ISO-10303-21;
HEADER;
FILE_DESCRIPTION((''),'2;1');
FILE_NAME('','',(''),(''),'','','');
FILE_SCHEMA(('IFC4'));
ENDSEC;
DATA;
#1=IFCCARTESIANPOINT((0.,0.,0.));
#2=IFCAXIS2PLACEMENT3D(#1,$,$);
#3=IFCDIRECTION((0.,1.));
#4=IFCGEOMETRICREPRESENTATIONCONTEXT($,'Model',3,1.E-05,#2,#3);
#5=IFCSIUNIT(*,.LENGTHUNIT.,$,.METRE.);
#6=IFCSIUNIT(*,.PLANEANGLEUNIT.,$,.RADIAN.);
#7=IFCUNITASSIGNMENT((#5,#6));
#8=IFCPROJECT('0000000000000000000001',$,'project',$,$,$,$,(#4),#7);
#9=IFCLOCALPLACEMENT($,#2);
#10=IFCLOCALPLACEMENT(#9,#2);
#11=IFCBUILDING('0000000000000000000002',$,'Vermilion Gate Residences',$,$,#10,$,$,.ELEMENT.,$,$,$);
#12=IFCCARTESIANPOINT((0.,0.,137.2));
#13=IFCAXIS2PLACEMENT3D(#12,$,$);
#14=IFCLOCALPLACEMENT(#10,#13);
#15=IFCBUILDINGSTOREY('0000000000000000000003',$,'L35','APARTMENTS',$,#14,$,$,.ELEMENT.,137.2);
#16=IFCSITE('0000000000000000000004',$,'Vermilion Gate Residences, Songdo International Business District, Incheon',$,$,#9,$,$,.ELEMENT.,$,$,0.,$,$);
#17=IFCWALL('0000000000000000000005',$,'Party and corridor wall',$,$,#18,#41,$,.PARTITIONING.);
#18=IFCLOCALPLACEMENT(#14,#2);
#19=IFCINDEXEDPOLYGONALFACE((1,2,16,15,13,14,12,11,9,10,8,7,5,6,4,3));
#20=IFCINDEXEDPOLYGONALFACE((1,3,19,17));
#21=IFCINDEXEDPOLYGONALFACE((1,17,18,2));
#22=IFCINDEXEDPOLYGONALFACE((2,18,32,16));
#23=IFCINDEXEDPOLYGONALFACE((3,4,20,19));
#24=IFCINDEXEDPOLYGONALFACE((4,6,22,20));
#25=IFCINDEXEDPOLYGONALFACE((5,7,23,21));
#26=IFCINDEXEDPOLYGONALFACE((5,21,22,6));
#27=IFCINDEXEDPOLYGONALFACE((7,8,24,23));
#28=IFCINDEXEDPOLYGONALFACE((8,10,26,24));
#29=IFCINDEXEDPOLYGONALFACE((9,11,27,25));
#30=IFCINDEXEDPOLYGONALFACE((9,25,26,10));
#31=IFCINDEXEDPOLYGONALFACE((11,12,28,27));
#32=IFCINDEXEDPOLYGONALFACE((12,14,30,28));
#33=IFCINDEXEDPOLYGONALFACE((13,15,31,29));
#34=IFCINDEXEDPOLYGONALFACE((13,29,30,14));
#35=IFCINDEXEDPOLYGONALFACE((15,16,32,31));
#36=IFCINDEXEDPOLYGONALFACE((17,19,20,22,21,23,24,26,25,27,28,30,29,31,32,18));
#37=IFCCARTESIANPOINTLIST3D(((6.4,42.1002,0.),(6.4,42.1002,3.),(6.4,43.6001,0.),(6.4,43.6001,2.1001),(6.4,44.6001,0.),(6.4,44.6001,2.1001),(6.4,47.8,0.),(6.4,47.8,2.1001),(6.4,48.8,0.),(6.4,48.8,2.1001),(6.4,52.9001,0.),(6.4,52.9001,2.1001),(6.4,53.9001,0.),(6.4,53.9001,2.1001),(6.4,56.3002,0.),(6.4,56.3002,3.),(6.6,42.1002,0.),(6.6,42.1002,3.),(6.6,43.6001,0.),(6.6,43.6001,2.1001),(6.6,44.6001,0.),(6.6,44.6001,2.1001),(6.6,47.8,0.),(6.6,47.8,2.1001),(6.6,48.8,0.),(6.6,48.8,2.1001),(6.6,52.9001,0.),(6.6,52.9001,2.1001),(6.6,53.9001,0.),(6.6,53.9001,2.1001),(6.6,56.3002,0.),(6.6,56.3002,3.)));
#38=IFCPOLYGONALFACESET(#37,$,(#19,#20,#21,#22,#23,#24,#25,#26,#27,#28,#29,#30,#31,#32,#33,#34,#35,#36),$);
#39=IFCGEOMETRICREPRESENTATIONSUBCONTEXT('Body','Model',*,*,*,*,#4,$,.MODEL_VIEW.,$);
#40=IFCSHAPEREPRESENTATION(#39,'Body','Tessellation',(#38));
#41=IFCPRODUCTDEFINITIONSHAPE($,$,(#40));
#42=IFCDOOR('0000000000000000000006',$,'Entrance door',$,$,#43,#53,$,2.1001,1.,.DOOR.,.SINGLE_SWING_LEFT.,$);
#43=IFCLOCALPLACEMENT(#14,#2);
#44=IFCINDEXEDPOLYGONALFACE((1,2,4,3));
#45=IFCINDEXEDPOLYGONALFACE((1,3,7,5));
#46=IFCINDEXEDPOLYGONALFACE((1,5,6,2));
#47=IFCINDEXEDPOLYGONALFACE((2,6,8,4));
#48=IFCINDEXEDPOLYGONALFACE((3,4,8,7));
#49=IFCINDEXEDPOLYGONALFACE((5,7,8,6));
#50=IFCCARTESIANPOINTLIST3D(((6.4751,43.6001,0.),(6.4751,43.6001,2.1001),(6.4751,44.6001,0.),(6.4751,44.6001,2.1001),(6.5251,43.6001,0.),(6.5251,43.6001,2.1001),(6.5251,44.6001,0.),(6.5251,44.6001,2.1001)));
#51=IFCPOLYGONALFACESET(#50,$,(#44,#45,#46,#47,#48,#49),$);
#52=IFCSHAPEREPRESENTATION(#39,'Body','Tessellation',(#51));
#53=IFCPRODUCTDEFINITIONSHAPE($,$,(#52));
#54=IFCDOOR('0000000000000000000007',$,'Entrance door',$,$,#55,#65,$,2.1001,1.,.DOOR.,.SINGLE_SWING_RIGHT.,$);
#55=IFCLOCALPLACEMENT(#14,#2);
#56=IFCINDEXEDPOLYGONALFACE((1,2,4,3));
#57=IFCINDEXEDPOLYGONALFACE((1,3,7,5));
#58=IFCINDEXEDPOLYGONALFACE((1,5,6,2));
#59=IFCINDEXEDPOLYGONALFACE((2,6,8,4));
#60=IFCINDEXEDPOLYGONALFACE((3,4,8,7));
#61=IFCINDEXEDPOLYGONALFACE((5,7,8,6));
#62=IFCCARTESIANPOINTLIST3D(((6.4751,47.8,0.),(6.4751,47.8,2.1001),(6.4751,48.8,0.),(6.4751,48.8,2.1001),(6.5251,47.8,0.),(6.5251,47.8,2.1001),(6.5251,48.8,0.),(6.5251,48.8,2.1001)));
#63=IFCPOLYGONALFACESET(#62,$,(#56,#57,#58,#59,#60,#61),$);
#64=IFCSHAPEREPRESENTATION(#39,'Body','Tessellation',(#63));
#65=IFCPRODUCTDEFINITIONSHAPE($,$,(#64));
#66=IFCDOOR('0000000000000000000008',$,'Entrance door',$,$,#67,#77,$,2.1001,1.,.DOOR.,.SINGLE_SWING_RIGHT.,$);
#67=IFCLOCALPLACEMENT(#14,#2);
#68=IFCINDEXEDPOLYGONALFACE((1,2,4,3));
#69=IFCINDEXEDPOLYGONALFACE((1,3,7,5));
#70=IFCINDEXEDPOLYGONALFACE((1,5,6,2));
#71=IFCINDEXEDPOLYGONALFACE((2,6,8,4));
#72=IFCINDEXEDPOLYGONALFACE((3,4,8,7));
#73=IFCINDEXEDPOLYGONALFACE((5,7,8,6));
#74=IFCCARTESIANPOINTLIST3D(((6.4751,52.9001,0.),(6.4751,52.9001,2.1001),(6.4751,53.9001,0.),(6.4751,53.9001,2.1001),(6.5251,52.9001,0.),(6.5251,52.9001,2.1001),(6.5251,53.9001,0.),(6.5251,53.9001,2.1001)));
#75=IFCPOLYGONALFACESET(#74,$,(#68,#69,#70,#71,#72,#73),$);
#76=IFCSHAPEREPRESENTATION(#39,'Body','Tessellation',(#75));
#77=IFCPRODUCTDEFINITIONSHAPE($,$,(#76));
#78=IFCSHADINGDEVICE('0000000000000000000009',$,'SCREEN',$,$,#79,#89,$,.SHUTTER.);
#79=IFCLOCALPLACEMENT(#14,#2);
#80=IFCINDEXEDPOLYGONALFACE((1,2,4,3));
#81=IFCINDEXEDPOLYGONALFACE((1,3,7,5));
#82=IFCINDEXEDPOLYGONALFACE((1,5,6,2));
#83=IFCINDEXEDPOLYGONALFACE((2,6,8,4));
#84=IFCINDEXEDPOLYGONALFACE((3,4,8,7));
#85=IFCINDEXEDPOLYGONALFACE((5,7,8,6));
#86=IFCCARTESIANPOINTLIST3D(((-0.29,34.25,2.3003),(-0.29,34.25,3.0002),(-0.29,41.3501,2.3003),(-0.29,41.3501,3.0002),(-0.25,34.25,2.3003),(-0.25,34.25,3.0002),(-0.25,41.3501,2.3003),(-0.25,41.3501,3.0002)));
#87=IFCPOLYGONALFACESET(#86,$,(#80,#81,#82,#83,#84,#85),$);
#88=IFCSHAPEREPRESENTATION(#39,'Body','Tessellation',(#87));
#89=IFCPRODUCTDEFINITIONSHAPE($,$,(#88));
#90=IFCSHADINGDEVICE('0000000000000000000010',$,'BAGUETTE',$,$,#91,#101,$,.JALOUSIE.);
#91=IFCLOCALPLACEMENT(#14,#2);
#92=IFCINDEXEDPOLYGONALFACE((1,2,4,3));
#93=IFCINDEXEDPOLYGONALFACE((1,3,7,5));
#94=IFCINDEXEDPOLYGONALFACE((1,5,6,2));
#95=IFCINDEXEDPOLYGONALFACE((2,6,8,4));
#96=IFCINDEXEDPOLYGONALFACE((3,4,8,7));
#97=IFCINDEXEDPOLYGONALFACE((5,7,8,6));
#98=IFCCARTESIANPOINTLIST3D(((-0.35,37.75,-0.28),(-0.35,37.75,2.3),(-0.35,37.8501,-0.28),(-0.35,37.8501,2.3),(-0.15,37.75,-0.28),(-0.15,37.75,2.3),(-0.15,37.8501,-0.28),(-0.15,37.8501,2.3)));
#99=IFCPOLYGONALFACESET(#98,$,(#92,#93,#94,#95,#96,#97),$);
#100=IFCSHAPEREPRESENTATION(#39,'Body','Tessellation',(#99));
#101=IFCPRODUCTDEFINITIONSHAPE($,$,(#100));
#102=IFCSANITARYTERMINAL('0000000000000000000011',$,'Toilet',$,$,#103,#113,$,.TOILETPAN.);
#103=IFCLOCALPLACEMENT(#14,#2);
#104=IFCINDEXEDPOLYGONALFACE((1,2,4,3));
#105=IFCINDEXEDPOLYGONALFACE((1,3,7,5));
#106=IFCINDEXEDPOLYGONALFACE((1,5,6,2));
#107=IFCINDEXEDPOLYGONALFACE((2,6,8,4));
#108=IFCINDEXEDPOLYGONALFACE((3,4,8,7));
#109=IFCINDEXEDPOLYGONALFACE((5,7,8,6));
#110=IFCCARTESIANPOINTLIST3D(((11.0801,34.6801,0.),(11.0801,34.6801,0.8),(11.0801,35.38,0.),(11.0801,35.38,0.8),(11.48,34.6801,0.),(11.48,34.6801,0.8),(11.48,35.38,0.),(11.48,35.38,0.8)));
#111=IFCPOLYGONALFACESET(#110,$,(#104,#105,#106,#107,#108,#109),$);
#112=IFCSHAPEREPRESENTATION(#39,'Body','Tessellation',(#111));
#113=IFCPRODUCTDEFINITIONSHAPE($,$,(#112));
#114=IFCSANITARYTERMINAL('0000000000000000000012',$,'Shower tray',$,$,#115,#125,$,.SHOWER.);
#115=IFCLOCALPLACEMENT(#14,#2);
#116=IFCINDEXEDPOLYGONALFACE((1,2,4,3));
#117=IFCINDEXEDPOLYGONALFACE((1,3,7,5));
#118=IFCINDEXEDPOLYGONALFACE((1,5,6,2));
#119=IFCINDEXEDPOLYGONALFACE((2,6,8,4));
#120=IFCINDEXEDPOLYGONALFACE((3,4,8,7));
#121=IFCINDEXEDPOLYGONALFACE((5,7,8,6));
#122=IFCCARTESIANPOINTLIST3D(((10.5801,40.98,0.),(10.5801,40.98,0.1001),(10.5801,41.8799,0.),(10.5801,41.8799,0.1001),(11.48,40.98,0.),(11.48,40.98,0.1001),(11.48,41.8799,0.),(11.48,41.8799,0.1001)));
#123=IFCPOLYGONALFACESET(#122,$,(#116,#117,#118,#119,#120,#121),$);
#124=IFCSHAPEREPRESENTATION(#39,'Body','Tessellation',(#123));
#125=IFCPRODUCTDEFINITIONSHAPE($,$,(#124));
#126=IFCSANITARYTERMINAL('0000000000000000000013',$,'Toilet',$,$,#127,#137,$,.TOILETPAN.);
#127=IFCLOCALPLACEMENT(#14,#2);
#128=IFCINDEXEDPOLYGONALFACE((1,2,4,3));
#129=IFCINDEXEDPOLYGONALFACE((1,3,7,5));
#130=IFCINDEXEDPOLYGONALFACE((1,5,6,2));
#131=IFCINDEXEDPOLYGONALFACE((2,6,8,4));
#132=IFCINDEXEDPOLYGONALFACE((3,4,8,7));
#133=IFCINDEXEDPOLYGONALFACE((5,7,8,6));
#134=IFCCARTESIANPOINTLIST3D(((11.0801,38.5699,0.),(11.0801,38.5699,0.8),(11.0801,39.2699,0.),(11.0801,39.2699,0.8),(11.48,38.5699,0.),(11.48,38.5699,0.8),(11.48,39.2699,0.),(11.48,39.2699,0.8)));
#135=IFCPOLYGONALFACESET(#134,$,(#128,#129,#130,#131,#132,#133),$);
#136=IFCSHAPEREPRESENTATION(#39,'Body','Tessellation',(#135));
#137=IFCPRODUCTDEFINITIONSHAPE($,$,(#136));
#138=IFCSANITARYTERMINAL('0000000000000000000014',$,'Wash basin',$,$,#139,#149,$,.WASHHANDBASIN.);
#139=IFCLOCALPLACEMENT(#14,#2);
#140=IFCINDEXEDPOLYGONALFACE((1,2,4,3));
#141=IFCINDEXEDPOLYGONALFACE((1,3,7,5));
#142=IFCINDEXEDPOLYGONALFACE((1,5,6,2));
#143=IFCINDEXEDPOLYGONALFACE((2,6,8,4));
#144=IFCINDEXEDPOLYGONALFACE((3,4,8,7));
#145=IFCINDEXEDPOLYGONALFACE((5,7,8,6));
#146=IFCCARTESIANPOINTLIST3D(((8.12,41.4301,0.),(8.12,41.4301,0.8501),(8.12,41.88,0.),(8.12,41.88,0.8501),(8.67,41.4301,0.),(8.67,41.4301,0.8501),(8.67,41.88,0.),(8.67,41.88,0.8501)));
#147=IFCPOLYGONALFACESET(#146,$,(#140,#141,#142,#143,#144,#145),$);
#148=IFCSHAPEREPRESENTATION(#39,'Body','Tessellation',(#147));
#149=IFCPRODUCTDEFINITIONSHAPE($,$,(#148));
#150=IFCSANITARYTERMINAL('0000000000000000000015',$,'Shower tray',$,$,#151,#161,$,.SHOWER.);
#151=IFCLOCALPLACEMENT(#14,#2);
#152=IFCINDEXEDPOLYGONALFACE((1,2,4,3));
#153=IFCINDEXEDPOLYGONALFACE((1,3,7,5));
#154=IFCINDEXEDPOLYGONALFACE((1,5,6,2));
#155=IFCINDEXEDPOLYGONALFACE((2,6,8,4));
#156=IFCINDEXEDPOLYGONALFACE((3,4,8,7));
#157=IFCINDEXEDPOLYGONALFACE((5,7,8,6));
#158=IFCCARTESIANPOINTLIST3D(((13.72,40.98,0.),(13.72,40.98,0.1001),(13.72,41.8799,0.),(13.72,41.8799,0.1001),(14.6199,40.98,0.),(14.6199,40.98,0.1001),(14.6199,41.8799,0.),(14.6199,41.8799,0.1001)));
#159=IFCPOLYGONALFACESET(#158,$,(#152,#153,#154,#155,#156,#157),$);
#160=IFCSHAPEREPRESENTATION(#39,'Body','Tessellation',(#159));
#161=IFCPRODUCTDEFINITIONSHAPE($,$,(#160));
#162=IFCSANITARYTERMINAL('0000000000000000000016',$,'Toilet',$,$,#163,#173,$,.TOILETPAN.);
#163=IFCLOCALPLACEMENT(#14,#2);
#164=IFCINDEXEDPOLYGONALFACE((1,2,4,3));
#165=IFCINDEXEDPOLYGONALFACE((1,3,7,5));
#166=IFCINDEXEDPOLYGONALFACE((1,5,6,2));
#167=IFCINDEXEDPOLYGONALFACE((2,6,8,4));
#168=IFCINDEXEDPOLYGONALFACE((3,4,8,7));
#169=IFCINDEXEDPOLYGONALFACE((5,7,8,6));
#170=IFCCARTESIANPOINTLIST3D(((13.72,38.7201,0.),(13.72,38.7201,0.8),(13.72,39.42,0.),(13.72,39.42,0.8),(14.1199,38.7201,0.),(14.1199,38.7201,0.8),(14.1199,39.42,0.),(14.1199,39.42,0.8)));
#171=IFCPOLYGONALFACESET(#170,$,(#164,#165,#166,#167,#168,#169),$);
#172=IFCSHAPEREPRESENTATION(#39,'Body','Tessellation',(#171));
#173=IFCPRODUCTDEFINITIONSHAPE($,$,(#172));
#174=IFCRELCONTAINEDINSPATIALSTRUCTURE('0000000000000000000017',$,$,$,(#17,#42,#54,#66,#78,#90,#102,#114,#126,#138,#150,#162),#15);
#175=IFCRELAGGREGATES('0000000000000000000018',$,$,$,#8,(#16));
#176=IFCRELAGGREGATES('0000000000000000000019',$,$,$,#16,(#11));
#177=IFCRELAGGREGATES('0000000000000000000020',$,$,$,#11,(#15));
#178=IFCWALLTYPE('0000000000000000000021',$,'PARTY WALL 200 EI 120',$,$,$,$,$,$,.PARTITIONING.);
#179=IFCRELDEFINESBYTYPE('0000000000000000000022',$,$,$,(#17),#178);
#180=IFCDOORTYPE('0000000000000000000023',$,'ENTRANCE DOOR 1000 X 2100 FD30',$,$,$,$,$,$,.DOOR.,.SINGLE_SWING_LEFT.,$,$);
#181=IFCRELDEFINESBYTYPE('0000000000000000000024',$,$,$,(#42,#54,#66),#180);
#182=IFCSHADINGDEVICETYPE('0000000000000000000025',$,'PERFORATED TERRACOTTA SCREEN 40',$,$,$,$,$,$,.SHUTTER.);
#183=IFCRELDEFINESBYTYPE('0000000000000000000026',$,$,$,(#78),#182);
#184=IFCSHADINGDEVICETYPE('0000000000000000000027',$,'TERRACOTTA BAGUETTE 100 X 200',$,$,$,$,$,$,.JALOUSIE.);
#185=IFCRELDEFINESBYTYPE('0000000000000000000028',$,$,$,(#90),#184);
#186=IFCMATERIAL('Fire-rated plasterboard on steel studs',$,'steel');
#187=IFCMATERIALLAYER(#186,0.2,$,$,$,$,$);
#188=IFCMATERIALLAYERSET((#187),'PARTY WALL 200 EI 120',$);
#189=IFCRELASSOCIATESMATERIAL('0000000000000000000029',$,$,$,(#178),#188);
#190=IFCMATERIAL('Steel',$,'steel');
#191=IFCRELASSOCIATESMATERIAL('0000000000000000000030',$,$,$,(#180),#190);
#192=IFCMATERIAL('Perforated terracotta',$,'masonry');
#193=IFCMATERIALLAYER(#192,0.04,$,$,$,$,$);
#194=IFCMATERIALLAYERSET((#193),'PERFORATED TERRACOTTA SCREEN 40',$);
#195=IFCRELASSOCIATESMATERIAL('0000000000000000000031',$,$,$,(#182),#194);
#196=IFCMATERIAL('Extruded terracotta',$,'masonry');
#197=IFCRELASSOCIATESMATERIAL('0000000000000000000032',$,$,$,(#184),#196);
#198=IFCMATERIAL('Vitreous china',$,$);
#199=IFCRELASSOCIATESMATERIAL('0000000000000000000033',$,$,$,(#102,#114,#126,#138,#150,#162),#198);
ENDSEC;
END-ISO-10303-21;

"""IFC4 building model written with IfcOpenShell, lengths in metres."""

from ifc_helpers import new_model, si_unit, direction, frame, frame_2d, origin, origin_2d, place, context, subcontext, project, spatial, rectangle, extrude, material, layer, layer_set, material_profile, profile_set, type_object, element, fill, save


model = new_model("IFC4")

# Units and contexts
model_context = context("Model", 3, precision=1e-05, world=origin(), true_north=direction((0.0, 1.0)))
body_context = subcontext(model_context, "Body", "Model", "MODEL_VIEW")
ifc_project = project(units=[si_unit("LENGTHUNIT", "METRE"), si_unit("PLANEANGLEUNIT", "RADIAN")], contexts=[model_context])

# Site, building, storey
site_placement = place(None, origin())
site = spatial("IfcSite", under=ifc_project, at=site_placement, Name="Vermilion Gate Residences, Songdo International Business District, Incheon", CompositionType="ELEMENT", RefElevation=0.0)
building_placement = place(site_placement, origin())
building = spatial("IfcBuilding", under=site, at=building_placement, Name="Vermilion Gate Residences", CompositionType="ELEMENT")
storey_placement = place(building_placement, frame((0.0, 0.0, 137.2)))
storey = spatial("IfcBuildingStorey", under=building, at=storey_placement, Name="L35", Description="APARTMENTS", CompositionType="ELEMENT", Elevation=137.2)

# Shared definitions
ifc_material_1 = material(Name="Fire-rated plasterboard on steel studs", Category="steel")
ifc_layer_1 = layer(ifc_material_1, 0.2)
ifc_layer_set_1 = layer_set([ifc_layer_1], Name="PARTY WALL 200 EI 120")
wall_type_1 = type_object("IfcWallType", Name="PARTY WALL 200 EI 120", PredefinedType="PARTITIONING", material=ifc_layer_set_1)

# Wall, openings, doors
wall_1_placement = place(storey_placement, frame((6.5, 42.1001, 0.0), z_axis=(0.0, 0.0, 1.0), x_axis=(0.0, 1.0, 0.0)))
wall_1 = element("IfcWall", 1, at=wall_1_placement, inside=storey, type_object=wall_type_1, Name="Party and corridor wall", PredefinedType="PARTITIONING", context=body_context, shape_type="SweptSolid", body=[
    extrude(rectangle(XDim=14.2, YDim=0.2, at=frame_2d((7.1001, 0.0))), origin(), (0.0, 0.0, 1.0), 3.0),
])
opening_1_placement = place(wall_1_placement, frame((1.5, 0.0, 0.0)))
opening_1 = element("IfcOpeningElement", 2, at=opening_1_placement, cuts=wall_1, PredefinedType="OPENING", context=body_context, shape_type="SweptSolid", body=[
    extrude(rectangle(XDim=1.0, YDim=2.1001, at=frame_2d((0.5, 1.05))), frame((0.0, 0.1099, 0.0), z_axis=(0.0, -1.0, 0.0), x_axis=(1.0, 0.0, 0.0)), (0.0, 0.0, 1.0), 0.22),
])
opening_2_placement = place(wall_1_placement, frame((5.7, 0.0, 0.0)))
opening_2 = element("IfcOpeningElement", 3, at=opening_2_placement, cuts=wall_1, PredefinedType="OPENING", context=body_context, shape_type="SweptSolid", body=[
    extrude(rectangle(XDim=1.0, YDim=2.1001, at=frame_2d((0.5, 1.05))), frame((0.0, 0.1099, 0.0), z_axis=(0.0, -1.0, 0.0), x_axis=(1.0, 0.0, 0.0)), (0.0, 0.0, 1.0), 0.22),
])
opening_3_placement = place(wall_1_placement, frame((10.8, 0.0, 0.0)))
opening_3 = element("IfcOpeningElement", 4, at=opening_3_placement, cuts=wall_1, PredefinedType="OPENING", context=body_context, shape_type="SweptSolid", body=[
    extrude(rectangle(XDim=1.0, YDim=2.1001, at=frame_2d((0.5, 1.05))), frame((0.0, 0.1099, 0.0), z_axis=(0.0, -1.0, 0.0), x_axis=(1.0, 0.0, 0.0)), (0.0, 0.0, 1.0), 0.22),
])
ifc_material_2 = material(Name="Steel", Category="steel")
door_type = type_object("IfcDoorType", Name="ENTRANCE DOOR 1000 X 2100 FD30", OperationType="SINGLE_SWING_LEFT", PredefinedType="DOOR", material=ifc_material_2)
door_1_placement = place(opening_1_placement, origin())
door_1 = element("IfcDoor", 5, at=door_1_placement, inside=storey, type_object=door_type, Name="Entrance door", OperationType="SINGLE_SWING_LEFT", OverallHeight=2.1001, OverallWidth=1.0, PredefinedType="DOOR", context=body_context, shape_type="SweptSolid", body=[
    extrude(rectangle(XDim=1.0, YDim=2.1001, at=frame_2d((0.5, 1.05))), frame((0.0, 0.0249, 0.0), z_axis=(0.0, -1.0, 0.0), x_axis=(1.0, 0.0, 0.0)), (0.0, 0.0, 1.0), 0.05),
])
fill(opening_1, door_1)
door_2_placement = place(opening_2_placement, origin())
door_2 = element("IfcDoor", 6, at=door_2_placement, inside=storey, type_object=door_type, Name="Entrance door", OperationType="SINGLE_SWING_RIGHT", OverallHeight=2.1001, OverallWidth=1.0, PredefinedType="DOOR", context=body_context, shape_type="SweptSolid", body=[
    extrude(rectangle(XDim=1.0, YDim=2.1001, at=frame_2d((0.5, 1.05))), frame((0.0, 0.0249, 0.0), z_axis=(0.0, -1.0, 0.0), x_axis=(1.0, 0.0, 0.0)), (0.0, 0.0, 1.0), 0.05),
])
fill(opening_2, door_2)
door_3_placement = place(opening_3_placement, origin())
door_3 = element("IfcDoor", 7, at=door_3_placement, inside=storey, type_object=door_type, Name="Entrance door", OperationType="SINGLE_SWING_RIGHT", OverallHeight=2.1001, OverallWidth=1.0, PredefinedType="DOOR", context=body_context, shape_type="SweptSolid", body=[
    extrude(rectangle(XDim=1.0, YDim=2.1001, at=frame_2d((0.5, 1.05))), frame((0.0, 0.0249, 0.0), z_axis=(0.0, -1.0, 0.0), x_axis=(1.0, 0.0, 0.0)), (0.0, 0.0, 1.0), 0.05),
])
fill(opening_3, door_3)

# Shading devices
ifc_material_3 = material(Name="Perforated terracotta", Category="masonry")
ifc_layer_2 = layer(ifc_material_3, 0.04)
ifc_layer_set_2 = layer_set([ifc_layer_2], Name="PERFORATED TERRACOTTA SCREEN 40")
shading_device_type_1 = type_object("IfcShadingDeviceType", Name="PERFORATED TERRACOTTA SCREEN 40", PredefinedType="SHUTTER", material=ifc_layer_set_2)
shading_device_1_placement = place(storey_placement, frame((-0.27, 37.8, 2.3003), z_axis=(0.0, 0.0, 1.0), x_axis=(0.0, -1.0, 0.0)))
element("IfcShadingDevice", 8, at=shading_device_1_placement, inside=storey, type_object=shading_device_type_1, Name="SCREEN", PredefinedType="SHUTTER", context=body_context, shape_type="SweptSolid", body=[
    extrude(rectangle(XDim=7.1001, YDim=0.04, at=origin_2d()), origin(), (0.0, 0.0, 1.0), 0.7),
])
ifc_material_4 = material(Name="Extruded terracotta", Category="masonry")
ifc_material_profile_1 = material_profile(ifc_material_4, rectangle(XDim=0.2, YDim=0.1001, at=origin_2d()), Name="BAGUETTE 100 X 200")
ifc_profile_set_1 = profile_set([ifc_material_profile_1], Name="Extruded terracotta")
shading_device_type_2 = type_object("IfcShadingDeviceType", Name="TERRACOTTA BAGUETTE 100 X 200", PredefinedType="JALOUSIE", material=ifc_profile_set_1)
shading_device_2_placement = place(storey_placement, frame((-0.25, 37.8, -0.28), z_axis=(0.0, 0.0, 1.0), x_axis=(1.0, 0.0, 0.0)))
element("IfcShadingDevice", 9, at=shading_device_2_placement, inside=storey, type_object=shading_device_type_2, Name="BAGUETTE", PredefinedType="JALOUSIE", context=body_context, shape_type="SweptSolid", body=[
    extrude(rectangle(XDim=0.2, YDim=0.1001, at=origin_2d()), origin(), (0.0, 0.0, 1.0), 2.5801),
])

# Sanitary terminals
ifc_material_5 = material(Name="Vitreous china")
sanitary_terminal_1_placement = place(storey_placement, frame((11.28, 35.03, 0.0), z_axis=(0.0, 0.0, 1.0), x_axis=(1.0, 0.0, 0.0)))
element("IfcSanitaryTerminal", 10, at=sanitary_terminal_1_placement, inside=storey, material=ifc_material_5, Name="Toilet", PredefinedType="TOILETPAN", context=body_context, shape_type="SweptSolid", body=[
    extrude(rectangle(XDim=0.3999, YDim=0.7, at=origin_2d()), origin(), (0.0, 0.0, 1.0), 0.8),
])
sanitary_terminal_2_placement = place(storey_placement, frame((11.03, 41.4299, 0.0), z_axis=(0.0, 0.0, 1.0), x_axis=(1.0, 0.0, 0.0)))
element("IfcSanitaryTerminal", 11, at=sanitary_terminal_2_placement, inside=storey, material=ifc_material_5, Name="Shower tray", PredefinedType="SHOWER", context=body_context, shape_type="SweptSolid", body=[
    extrude(rectangle(XDim=0.8999, YDim=0.8999, at=origin_2d()), origin(), (0.0, 0.0, 1.0), 0.1001),
])
sanitary_terminal_3_placement = place(storey_placement, frame((11.28, 38.9199, 0.0), z_axis=(0.0, 0.0, 1.0), x_axis=(1.0, 0.0, 0.0)))
element("IfcSanitaryTerminal", 12, at=sanitary_terminal_3_placement, inside=storey, material=ifc_material_5, Name="Toilet", PredefinedType="TOILETPAN", context=body_context, shape_type="SweptSolid", body=[
    extrude(rectangle(XDim=0.3999, YDim=0.7, at=origin_2d()), origin(), (0.0, 0.0, 1.0), 0.8),
])
sanitary_terminal_4_placement = place(storey_placement, frame((8.395, 41.655, 0.0), z_axis=(0.0, 0.0, 1.0), x_axis=(1.0, 0.0, 0.0)))
element("IfcSanitaryTerminal", 13, at=sanitary_terminal_4_placement, inside=storey, material=ifc_material_5, Name="Wash basin", PredefinedType="WASHHANDBASIN", context=body_context, shape_type="SweptSolid", body=[
    extrude(rectangle(XDim=0.55, YDim=0.45, at=origin_2d()), origin(), (0.0, 0.0, 1.0), 0.8501),
])
sanitary_terminal_5_placement = place(storey_placement, frame((14.1699, 41.4299, 0.0), z_axis=(0.0, 0.0, 1.0), x_axis=(1.0, 0.0, 0.0)))
element("IfcSanitaryTerminal", 14, at=sanitary_terminal_5_placement, inside=storey, material=ifc_material_5, Name="Shower tray", PredefinedType="SHOWER", context=body_context, shape_type="SweptSolid", body=[
    extrude(rectangle(XDim=0.8999, YDim=0.8999, at=origin_2d()), origin(), (0.0, 0.0, 1.0), 0.1001),
])
sanitary_terminal_6_placement = place(storey_placement, frame((13.9199, 39.0701, 0.0), z_axis=(0.0, 0.0, 1.0), x_axis=(1.0, 0.0, 0.0)))
element("IfcSanitaryTerminal", 15, at=sanitary_terminal_6_placement, inside=storey, material=ifc_material_5, Name="Toilet", PredefinedType="TOILETPAN", context=body_context, shape_type="SweptSolid", body=[
    extrude(rectangle(XDim=0.3999, YDim=0.7, at=origin_2d()), origin(), (0.0, 0.0, 1.0), 0.8),
])

save(model, "model.ifc")
